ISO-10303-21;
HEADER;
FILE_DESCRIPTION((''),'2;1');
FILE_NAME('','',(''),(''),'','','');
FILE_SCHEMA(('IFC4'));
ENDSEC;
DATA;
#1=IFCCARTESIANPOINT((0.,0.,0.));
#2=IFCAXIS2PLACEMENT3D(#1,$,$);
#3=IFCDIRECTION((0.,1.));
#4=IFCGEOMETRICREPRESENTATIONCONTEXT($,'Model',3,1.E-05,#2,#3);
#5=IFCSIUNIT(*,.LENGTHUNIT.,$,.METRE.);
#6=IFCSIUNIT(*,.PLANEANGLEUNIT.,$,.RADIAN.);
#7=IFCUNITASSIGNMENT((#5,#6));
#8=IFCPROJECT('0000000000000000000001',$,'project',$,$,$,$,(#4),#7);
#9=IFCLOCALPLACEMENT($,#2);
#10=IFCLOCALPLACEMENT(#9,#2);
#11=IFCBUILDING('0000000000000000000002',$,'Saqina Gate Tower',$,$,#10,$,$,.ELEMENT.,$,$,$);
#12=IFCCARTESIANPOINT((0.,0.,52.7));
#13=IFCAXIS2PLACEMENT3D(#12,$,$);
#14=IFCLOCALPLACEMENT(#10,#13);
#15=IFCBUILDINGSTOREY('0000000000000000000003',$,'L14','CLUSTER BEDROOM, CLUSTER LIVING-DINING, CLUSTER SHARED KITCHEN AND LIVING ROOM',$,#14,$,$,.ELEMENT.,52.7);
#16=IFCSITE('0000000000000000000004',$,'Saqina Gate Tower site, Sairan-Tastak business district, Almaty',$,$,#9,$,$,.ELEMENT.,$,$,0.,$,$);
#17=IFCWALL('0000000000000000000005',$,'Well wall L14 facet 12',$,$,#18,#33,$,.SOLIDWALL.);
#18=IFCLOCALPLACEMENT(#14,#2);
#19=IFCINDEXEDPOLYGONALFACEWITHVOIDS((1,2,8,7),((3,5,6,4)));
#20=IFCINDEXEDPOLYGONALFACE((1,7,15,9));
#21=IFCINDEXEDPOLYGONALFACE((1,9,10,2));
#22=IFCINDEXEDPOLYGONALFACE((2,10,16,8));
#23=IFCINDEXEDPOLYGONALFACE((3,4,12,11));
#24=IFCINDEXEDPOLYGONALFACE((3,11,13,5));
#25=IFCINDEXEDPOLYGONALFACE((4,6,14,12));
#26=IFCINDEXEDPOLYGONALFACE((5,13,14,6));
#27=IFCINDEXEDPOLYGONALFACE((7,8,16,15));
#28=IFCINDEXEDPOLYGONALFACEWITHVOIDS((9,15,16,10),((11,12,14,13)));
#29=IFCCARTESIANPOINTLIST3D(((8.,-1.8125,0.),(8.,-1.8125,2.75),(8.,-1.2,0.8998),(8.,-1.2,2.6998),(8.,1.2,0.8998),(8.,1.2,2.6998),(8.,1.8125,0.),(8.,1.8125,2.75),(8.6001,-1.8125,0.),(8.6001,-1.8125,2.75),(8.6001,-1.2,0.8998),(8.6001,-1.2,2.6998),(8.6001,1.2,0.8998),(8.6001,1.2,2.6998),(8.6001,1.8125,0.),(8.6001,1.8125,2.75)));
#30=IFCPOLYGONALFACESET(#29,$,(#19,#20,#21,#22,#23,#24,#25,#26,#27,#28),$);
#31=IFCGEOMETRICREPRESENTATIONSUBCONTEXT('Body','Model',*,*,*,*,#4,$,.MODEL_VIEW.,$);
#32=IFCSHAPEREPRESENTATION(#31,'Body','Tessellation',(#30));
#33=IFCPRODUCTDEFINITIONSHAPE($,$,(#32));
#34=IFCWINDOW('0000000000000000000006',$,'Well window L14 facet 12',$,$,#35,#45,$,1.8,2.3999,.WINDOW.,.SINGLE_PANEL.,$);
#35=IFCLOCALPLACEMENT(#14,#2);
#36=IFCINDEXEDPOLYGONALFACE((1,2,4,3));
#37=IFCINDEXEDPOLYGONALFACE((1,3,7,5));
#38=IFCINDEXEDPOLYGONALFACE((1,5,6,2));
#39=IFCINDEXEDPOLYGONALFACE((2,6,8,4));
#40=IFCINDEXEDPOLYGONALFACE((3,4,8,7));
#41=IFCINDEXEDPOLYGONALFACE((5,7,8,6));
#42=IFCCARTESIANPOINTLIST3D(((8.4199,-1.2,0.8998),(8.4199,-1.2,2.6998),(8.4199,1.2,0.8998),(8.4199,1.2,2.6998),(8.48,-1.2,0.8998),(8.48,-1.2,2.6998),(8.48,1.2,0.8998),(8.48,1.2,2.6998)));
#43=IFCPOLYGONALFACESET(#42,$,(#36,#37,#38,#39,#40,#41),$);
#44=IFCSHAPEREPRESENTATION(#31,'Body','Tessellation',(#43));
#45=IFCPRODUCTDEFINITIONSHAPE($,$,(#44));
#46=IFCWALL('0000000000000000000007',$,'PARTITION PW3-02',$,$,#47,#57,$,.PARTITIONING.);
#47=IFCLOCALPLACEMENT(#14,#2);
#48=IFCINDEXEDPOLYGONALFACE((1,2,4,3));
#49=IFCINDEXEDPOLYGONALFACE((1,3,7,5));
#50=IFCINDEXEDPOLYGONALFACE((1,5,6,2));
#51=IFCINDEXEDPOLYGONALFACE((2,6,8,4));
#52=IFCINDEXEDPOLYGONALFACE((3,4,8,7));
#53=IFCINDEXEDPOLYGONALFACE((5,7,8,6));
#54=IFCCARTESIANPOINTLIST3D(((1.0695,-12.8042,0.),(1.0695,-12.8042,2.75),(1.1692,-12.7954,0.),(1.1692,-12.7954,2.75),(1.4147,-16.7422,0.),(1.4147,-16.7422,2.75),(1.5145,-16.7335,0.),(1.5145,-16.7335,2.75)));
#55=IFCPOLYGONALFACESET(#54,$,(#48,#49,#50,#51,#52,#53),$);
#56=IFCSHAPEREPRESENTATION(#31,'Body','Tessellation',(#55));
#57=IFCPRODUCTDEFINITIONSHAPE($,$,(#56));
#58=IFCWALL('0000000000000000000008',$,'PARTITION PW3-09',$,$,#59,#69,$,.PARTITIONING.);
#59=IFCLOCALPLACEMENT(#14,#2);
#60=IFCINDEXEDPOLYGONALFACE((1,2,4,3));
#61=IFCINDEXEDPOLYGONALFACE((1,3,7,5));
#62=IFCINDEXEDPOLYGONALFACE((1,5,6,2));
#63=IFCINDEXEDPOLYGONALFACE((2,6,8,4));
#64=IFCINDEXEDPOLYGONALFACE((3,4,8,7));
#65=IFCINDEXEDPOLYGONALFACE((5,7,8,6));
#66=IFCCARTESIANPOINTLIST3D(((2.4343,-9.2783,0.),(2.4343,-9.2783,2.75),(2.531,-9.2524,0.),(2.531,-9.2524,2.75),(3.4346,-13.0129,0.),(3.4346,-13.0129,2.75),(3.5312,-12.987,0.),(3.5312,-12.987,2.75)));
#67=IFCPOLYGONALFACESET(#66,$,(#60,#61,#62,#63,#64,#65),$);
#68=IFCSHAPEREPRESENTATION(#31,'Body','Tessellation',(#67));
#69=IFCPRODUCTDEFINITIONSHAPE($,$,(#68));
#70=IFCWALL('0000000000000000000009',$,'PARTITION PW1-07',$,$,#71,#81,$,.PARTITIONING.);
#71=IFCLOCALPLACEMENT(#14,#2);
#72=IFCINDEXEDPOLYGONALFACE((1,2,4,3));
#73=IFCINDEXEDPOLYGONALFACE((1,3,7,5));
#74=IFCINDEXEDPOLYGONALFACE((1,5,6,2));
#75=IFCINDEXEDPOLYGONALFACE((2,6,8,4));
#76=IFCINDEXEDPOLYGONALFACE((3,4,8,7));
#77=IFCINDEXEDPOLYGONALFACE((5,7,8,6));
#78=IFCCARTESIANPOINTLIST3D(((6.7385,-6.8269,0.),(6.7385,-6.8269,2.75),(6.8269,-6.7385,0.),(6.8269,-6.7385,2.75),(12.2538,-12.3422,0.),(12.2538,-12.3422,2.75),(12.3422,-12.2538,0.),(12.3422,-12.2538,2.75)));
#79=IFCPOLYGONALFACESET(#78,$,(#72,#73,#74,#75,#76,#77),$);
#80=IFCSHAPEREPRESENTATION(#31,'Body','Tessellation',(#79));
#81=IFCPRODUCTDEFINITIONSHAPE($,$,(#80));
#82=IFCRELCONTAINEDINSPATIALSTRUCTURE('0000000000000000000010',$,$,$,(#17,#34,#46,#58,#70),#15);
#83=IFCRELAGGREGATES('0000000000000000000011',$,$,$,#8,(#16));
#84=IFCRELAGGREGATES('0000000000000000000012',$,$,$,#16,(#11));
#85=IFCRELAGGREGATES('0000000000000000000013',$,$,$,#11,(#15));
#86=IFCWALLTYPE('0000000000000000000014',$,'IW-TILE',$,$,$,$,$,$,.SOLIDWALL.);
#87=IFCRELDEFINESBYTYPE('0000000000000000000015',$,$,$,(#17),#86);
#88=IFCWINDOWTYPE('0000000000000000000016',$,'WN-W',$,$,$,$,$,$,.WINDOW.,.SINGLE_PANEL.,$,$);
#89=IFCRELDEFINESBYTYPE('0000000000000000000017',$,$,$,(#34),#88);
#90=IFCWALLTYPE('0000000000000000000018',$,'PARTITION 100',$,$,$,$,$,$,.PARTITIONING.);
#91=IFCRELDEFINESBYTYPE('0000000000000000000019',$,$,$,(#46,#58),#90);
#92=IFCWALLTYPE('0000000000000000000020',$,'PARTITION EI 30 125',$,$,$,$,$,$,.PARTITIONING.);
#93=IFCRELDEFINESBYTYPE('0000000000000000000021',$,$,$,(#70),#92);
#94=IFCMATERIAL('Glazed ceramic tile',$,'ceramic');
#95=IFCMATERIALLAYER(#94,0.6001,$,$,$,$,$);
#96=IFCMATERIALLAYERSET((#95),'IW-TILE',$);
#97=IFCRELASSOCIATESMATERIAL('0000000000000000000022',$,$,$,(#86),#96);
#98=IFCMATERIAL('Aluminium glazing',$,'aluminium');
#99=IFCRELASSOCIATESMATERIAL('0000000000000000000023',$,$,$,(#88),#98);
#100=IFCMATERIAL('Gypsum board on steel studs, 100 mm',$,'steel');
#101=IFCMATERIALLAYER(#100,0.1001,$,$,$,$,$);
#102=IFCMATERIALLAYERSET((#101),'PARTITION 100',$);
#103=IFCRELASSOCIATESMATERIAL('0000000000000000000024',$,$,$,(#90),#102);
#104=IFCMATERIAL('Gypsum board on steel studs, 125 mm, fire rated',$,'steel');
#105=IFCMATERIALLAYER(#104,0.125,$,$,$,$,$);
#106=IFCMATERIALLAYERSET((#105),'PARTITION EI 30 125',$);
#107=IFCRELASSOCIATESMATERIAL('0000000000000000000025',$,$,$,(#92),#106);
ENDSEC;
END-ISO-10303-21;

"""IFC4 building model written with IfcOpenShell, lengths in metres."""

from ifc_helpers import new_model, si_unit, direction, frame, frame_2d, origin, place, context, subcontext, project, spatial, rectangle, extrude, material, layer, layer_set, type_object, element, fill, save


model = new_model("IFC4")

# Units and contexts
model_context = context("Model", 3, precision=1e-05, world=origin(), true_north=direction((0.0, 1.0)))
body_context = subcontext(model_context, "Body", "Model", "MODEL_VIEW")
ifc_project = project(units=[si_unit("LENGTHUNIT", "METRE"), si_unit("PLANEANGLEUNIT", "RADIAN")], contexts=[model_context])

# Site, building, storey
site_placement = place(None, origin())
site = spatial("IfcSite", under=ifc_project, at=site_placement, Name="Saqina Gate Tower site, Sairan-Tastak business district, Almaty", CompositionType="ELEMENT", RefElevation=0.0)
building_placement = place(site_placement, origin())
building = spatial("IfcBuilding", under=site, at=building_placement, Name="Saqina Gate Tower", CompositionType="ELEMENT")
storey_placement = place(building_placement, frame((0.0, 0.0, 52.7)))
storey = spatial("IfcBuildingStorey", under=building, at=storey_placement, Name="L14", Description="CLUSTER BEDROOM, CLUSTER LIVING-DINING, CLUSTER SHARED KITCHEN AND LIVING ROOM", CompositionType="ELEMENT", Elevation=52.7)

# Wall, opening, window
ifc_material_1 = material(Name="Glazed ceramic tile", Category="ceramic")
ifc_layer_1 = layer(ifc_material_1, 0.6001)
ifc_layer_set_1 = layer_set([ifc_layer_1], Name="IW-TILE")
wall_type_1 = type_object("IfcWallType", Name="IW-TILE", PredefinedType="SOLIDWALL", material=ifc_layer_set_1)
ifc_material_2 = material(Name="Aluminium glazing", Category="aluminium")
window_type = type_object("IfcWindowType", Name="WN-W", PartitioningType="SINGLE_PANEL", PredefinedType="WINDOW", material=ifc_material_2)
wall_1_placement = place(storey_placement, frame((8.3, -1.8125, 0.0), z_axis=(0.0, 0.0, 1.0), x_axis=(0.0, 1.0, 0.0)))
wall_1 = element("IfcWall", 1, at=wall_1_placement, inside=storey, type_object=wall_type_1, Name="Well wall L14 facet 12", PredefinedType="SOLIDWALL", context=body_context, shape_type="SweptSolid", body=[
    extrude(rectangle(XDim=3.625, YDim=0.6001, at=frame_2d((1.8125, 0.0))), origin(), (0.0, 0.0, 1.0), 2.75),
])
opening_1_placement = place(wall_1_placement, frame((0.6125, 0.0, 0.8999)))
opening_1 = element("IfcOpeningElement", 2, at=opening_1_placement, cuts=wall_1, PredefinedType="OPENING", context=body_context, shape_type="SweptSolid", body=[
    extrude(rectangle(XDim=2.3999, YDim=1.8, at=frame_2d((1.2, 0.8999))), frame((0.0, 0.312, 0.0), z_axis=(0.0, -1.0, 0.0), x_axis=(1.0, 0.0, 0.0)), (0.0, 0.0, 1.0), 0.624),
])
window_1_placement = place(opening_1_placement, origin())
window_1 = element("IfcWindow", 3, at=window_1_placement, inside=storey, type_object=window_type, Name="Well window L14 facet 12", OverallHeight=1.8, OverallWidth=2.3999, PartitioningType="SINGLE_PANEL", PredefinedType="WINDOW", context=body_context, shape_type="SweptSolid", body=[
    extrude(rectangle(XDim=2.3999, YDim=1.8, at=frame_2d((1.2, 0.8999))), frame((0.0, -0.1199, 0.0), z_axis=(0.0, -1.0, 0.0), x_axis=(1.0, 0.0, 0.0)), (0.0, 0.0, 1.0), 0.0601),
])
fill(opening_1, window_1)

# Walls
ifc_material_3 = material(Name="Gypsum board on steel studs, 100 mm", Category="steel")
ifc_layer_2 = layer(ifc_material_3, 0.1001)
ifc_layer_set_2 = layer_set([ifc_layer_2], Name="PARTITION 100")
wall_type_2 = type_object("IfcWallType", Name="PARTITION 100", PredefinedType="PARTITIONING", material=ifc_layer_set_2)
wall_2_placement = place(storey_placement, frame((1.1194, -12.7998, 0.0), z_axis=(0.0, 0.0, 1.0), x_axis=(0.087328, -0.99618, 0.0)))
element("IfcWall", 4, at=wall_2_placement, inside=storey, type_object=wall_type_2, Name="PARTITION PW3-02", PredefinedType="PARTITIONING", context=body_context, shape_type="SweptSolid", body=[
    extrude(rectangle(XDim=3.9531, YDim=0.1001, at=frame_2d((1.9766, 0.0))), origin(), (0.0, 0.0, 1.0), 2.75),
])
wall_3_placement = place(storey_placement, frame((2.4827, -9.2654, 0.0), z_axis=(0.0, 0.0, 1.0), x_axis=(0.258712, -0.965955, 0.0)))
element("IfcWall", 5, at=wall_3_placement, inside=storey, type_object=wall_type_2, Name="PARTITION PW3-09", PredefinedType="PARTITIONING", context=body_context, shape_type="SweptSolid", body=[
    extrude(rectangle(XDim=3.8662, YDim=0.1001, at=frame_2d((1.9331, 0.0))), origin(), (0.0, 0.0, 1.0), 2.75),
])
ifc_material_4 = material(Name="Gypsum board on steel studs, 125 mm, fire rated", Category="steel")
ifc_layer_3 = layer(ifc_material_4, 0.125)
ifc_layer_set_3 = layer_set([ifc_layer_3], Name="PARTITION EI 30 125")
wall_type_3 = type_object("IfcWallType", Name="PARTITION EI 30 125", PredefinedType="PARTITIONING", material=ifc_layer_set_3)
wall_4_placement = place(storey_placement, frame((6.7827, -6.7827, 0.0), z_axis=(0.0, 0.0, 1.0), x_axis=(0.707107, -0.707107, 0.0)))
element("IfcWall", 6, at=wall_4_placement, inside=storey, type_object=wall_type_3, Name="PARTITION PW1-07", PredefinedType="PARTITIONING", context=body_context, shape_type="SweptSolid", body=[
    extrude(rectangle(XDim=7.7998, YDim=0.125, at=frame_2d((3.8999, 0.0))), origin(), (0.0, 0.0, 1.0), 2.75),
])

save(model, "model.ifc")
